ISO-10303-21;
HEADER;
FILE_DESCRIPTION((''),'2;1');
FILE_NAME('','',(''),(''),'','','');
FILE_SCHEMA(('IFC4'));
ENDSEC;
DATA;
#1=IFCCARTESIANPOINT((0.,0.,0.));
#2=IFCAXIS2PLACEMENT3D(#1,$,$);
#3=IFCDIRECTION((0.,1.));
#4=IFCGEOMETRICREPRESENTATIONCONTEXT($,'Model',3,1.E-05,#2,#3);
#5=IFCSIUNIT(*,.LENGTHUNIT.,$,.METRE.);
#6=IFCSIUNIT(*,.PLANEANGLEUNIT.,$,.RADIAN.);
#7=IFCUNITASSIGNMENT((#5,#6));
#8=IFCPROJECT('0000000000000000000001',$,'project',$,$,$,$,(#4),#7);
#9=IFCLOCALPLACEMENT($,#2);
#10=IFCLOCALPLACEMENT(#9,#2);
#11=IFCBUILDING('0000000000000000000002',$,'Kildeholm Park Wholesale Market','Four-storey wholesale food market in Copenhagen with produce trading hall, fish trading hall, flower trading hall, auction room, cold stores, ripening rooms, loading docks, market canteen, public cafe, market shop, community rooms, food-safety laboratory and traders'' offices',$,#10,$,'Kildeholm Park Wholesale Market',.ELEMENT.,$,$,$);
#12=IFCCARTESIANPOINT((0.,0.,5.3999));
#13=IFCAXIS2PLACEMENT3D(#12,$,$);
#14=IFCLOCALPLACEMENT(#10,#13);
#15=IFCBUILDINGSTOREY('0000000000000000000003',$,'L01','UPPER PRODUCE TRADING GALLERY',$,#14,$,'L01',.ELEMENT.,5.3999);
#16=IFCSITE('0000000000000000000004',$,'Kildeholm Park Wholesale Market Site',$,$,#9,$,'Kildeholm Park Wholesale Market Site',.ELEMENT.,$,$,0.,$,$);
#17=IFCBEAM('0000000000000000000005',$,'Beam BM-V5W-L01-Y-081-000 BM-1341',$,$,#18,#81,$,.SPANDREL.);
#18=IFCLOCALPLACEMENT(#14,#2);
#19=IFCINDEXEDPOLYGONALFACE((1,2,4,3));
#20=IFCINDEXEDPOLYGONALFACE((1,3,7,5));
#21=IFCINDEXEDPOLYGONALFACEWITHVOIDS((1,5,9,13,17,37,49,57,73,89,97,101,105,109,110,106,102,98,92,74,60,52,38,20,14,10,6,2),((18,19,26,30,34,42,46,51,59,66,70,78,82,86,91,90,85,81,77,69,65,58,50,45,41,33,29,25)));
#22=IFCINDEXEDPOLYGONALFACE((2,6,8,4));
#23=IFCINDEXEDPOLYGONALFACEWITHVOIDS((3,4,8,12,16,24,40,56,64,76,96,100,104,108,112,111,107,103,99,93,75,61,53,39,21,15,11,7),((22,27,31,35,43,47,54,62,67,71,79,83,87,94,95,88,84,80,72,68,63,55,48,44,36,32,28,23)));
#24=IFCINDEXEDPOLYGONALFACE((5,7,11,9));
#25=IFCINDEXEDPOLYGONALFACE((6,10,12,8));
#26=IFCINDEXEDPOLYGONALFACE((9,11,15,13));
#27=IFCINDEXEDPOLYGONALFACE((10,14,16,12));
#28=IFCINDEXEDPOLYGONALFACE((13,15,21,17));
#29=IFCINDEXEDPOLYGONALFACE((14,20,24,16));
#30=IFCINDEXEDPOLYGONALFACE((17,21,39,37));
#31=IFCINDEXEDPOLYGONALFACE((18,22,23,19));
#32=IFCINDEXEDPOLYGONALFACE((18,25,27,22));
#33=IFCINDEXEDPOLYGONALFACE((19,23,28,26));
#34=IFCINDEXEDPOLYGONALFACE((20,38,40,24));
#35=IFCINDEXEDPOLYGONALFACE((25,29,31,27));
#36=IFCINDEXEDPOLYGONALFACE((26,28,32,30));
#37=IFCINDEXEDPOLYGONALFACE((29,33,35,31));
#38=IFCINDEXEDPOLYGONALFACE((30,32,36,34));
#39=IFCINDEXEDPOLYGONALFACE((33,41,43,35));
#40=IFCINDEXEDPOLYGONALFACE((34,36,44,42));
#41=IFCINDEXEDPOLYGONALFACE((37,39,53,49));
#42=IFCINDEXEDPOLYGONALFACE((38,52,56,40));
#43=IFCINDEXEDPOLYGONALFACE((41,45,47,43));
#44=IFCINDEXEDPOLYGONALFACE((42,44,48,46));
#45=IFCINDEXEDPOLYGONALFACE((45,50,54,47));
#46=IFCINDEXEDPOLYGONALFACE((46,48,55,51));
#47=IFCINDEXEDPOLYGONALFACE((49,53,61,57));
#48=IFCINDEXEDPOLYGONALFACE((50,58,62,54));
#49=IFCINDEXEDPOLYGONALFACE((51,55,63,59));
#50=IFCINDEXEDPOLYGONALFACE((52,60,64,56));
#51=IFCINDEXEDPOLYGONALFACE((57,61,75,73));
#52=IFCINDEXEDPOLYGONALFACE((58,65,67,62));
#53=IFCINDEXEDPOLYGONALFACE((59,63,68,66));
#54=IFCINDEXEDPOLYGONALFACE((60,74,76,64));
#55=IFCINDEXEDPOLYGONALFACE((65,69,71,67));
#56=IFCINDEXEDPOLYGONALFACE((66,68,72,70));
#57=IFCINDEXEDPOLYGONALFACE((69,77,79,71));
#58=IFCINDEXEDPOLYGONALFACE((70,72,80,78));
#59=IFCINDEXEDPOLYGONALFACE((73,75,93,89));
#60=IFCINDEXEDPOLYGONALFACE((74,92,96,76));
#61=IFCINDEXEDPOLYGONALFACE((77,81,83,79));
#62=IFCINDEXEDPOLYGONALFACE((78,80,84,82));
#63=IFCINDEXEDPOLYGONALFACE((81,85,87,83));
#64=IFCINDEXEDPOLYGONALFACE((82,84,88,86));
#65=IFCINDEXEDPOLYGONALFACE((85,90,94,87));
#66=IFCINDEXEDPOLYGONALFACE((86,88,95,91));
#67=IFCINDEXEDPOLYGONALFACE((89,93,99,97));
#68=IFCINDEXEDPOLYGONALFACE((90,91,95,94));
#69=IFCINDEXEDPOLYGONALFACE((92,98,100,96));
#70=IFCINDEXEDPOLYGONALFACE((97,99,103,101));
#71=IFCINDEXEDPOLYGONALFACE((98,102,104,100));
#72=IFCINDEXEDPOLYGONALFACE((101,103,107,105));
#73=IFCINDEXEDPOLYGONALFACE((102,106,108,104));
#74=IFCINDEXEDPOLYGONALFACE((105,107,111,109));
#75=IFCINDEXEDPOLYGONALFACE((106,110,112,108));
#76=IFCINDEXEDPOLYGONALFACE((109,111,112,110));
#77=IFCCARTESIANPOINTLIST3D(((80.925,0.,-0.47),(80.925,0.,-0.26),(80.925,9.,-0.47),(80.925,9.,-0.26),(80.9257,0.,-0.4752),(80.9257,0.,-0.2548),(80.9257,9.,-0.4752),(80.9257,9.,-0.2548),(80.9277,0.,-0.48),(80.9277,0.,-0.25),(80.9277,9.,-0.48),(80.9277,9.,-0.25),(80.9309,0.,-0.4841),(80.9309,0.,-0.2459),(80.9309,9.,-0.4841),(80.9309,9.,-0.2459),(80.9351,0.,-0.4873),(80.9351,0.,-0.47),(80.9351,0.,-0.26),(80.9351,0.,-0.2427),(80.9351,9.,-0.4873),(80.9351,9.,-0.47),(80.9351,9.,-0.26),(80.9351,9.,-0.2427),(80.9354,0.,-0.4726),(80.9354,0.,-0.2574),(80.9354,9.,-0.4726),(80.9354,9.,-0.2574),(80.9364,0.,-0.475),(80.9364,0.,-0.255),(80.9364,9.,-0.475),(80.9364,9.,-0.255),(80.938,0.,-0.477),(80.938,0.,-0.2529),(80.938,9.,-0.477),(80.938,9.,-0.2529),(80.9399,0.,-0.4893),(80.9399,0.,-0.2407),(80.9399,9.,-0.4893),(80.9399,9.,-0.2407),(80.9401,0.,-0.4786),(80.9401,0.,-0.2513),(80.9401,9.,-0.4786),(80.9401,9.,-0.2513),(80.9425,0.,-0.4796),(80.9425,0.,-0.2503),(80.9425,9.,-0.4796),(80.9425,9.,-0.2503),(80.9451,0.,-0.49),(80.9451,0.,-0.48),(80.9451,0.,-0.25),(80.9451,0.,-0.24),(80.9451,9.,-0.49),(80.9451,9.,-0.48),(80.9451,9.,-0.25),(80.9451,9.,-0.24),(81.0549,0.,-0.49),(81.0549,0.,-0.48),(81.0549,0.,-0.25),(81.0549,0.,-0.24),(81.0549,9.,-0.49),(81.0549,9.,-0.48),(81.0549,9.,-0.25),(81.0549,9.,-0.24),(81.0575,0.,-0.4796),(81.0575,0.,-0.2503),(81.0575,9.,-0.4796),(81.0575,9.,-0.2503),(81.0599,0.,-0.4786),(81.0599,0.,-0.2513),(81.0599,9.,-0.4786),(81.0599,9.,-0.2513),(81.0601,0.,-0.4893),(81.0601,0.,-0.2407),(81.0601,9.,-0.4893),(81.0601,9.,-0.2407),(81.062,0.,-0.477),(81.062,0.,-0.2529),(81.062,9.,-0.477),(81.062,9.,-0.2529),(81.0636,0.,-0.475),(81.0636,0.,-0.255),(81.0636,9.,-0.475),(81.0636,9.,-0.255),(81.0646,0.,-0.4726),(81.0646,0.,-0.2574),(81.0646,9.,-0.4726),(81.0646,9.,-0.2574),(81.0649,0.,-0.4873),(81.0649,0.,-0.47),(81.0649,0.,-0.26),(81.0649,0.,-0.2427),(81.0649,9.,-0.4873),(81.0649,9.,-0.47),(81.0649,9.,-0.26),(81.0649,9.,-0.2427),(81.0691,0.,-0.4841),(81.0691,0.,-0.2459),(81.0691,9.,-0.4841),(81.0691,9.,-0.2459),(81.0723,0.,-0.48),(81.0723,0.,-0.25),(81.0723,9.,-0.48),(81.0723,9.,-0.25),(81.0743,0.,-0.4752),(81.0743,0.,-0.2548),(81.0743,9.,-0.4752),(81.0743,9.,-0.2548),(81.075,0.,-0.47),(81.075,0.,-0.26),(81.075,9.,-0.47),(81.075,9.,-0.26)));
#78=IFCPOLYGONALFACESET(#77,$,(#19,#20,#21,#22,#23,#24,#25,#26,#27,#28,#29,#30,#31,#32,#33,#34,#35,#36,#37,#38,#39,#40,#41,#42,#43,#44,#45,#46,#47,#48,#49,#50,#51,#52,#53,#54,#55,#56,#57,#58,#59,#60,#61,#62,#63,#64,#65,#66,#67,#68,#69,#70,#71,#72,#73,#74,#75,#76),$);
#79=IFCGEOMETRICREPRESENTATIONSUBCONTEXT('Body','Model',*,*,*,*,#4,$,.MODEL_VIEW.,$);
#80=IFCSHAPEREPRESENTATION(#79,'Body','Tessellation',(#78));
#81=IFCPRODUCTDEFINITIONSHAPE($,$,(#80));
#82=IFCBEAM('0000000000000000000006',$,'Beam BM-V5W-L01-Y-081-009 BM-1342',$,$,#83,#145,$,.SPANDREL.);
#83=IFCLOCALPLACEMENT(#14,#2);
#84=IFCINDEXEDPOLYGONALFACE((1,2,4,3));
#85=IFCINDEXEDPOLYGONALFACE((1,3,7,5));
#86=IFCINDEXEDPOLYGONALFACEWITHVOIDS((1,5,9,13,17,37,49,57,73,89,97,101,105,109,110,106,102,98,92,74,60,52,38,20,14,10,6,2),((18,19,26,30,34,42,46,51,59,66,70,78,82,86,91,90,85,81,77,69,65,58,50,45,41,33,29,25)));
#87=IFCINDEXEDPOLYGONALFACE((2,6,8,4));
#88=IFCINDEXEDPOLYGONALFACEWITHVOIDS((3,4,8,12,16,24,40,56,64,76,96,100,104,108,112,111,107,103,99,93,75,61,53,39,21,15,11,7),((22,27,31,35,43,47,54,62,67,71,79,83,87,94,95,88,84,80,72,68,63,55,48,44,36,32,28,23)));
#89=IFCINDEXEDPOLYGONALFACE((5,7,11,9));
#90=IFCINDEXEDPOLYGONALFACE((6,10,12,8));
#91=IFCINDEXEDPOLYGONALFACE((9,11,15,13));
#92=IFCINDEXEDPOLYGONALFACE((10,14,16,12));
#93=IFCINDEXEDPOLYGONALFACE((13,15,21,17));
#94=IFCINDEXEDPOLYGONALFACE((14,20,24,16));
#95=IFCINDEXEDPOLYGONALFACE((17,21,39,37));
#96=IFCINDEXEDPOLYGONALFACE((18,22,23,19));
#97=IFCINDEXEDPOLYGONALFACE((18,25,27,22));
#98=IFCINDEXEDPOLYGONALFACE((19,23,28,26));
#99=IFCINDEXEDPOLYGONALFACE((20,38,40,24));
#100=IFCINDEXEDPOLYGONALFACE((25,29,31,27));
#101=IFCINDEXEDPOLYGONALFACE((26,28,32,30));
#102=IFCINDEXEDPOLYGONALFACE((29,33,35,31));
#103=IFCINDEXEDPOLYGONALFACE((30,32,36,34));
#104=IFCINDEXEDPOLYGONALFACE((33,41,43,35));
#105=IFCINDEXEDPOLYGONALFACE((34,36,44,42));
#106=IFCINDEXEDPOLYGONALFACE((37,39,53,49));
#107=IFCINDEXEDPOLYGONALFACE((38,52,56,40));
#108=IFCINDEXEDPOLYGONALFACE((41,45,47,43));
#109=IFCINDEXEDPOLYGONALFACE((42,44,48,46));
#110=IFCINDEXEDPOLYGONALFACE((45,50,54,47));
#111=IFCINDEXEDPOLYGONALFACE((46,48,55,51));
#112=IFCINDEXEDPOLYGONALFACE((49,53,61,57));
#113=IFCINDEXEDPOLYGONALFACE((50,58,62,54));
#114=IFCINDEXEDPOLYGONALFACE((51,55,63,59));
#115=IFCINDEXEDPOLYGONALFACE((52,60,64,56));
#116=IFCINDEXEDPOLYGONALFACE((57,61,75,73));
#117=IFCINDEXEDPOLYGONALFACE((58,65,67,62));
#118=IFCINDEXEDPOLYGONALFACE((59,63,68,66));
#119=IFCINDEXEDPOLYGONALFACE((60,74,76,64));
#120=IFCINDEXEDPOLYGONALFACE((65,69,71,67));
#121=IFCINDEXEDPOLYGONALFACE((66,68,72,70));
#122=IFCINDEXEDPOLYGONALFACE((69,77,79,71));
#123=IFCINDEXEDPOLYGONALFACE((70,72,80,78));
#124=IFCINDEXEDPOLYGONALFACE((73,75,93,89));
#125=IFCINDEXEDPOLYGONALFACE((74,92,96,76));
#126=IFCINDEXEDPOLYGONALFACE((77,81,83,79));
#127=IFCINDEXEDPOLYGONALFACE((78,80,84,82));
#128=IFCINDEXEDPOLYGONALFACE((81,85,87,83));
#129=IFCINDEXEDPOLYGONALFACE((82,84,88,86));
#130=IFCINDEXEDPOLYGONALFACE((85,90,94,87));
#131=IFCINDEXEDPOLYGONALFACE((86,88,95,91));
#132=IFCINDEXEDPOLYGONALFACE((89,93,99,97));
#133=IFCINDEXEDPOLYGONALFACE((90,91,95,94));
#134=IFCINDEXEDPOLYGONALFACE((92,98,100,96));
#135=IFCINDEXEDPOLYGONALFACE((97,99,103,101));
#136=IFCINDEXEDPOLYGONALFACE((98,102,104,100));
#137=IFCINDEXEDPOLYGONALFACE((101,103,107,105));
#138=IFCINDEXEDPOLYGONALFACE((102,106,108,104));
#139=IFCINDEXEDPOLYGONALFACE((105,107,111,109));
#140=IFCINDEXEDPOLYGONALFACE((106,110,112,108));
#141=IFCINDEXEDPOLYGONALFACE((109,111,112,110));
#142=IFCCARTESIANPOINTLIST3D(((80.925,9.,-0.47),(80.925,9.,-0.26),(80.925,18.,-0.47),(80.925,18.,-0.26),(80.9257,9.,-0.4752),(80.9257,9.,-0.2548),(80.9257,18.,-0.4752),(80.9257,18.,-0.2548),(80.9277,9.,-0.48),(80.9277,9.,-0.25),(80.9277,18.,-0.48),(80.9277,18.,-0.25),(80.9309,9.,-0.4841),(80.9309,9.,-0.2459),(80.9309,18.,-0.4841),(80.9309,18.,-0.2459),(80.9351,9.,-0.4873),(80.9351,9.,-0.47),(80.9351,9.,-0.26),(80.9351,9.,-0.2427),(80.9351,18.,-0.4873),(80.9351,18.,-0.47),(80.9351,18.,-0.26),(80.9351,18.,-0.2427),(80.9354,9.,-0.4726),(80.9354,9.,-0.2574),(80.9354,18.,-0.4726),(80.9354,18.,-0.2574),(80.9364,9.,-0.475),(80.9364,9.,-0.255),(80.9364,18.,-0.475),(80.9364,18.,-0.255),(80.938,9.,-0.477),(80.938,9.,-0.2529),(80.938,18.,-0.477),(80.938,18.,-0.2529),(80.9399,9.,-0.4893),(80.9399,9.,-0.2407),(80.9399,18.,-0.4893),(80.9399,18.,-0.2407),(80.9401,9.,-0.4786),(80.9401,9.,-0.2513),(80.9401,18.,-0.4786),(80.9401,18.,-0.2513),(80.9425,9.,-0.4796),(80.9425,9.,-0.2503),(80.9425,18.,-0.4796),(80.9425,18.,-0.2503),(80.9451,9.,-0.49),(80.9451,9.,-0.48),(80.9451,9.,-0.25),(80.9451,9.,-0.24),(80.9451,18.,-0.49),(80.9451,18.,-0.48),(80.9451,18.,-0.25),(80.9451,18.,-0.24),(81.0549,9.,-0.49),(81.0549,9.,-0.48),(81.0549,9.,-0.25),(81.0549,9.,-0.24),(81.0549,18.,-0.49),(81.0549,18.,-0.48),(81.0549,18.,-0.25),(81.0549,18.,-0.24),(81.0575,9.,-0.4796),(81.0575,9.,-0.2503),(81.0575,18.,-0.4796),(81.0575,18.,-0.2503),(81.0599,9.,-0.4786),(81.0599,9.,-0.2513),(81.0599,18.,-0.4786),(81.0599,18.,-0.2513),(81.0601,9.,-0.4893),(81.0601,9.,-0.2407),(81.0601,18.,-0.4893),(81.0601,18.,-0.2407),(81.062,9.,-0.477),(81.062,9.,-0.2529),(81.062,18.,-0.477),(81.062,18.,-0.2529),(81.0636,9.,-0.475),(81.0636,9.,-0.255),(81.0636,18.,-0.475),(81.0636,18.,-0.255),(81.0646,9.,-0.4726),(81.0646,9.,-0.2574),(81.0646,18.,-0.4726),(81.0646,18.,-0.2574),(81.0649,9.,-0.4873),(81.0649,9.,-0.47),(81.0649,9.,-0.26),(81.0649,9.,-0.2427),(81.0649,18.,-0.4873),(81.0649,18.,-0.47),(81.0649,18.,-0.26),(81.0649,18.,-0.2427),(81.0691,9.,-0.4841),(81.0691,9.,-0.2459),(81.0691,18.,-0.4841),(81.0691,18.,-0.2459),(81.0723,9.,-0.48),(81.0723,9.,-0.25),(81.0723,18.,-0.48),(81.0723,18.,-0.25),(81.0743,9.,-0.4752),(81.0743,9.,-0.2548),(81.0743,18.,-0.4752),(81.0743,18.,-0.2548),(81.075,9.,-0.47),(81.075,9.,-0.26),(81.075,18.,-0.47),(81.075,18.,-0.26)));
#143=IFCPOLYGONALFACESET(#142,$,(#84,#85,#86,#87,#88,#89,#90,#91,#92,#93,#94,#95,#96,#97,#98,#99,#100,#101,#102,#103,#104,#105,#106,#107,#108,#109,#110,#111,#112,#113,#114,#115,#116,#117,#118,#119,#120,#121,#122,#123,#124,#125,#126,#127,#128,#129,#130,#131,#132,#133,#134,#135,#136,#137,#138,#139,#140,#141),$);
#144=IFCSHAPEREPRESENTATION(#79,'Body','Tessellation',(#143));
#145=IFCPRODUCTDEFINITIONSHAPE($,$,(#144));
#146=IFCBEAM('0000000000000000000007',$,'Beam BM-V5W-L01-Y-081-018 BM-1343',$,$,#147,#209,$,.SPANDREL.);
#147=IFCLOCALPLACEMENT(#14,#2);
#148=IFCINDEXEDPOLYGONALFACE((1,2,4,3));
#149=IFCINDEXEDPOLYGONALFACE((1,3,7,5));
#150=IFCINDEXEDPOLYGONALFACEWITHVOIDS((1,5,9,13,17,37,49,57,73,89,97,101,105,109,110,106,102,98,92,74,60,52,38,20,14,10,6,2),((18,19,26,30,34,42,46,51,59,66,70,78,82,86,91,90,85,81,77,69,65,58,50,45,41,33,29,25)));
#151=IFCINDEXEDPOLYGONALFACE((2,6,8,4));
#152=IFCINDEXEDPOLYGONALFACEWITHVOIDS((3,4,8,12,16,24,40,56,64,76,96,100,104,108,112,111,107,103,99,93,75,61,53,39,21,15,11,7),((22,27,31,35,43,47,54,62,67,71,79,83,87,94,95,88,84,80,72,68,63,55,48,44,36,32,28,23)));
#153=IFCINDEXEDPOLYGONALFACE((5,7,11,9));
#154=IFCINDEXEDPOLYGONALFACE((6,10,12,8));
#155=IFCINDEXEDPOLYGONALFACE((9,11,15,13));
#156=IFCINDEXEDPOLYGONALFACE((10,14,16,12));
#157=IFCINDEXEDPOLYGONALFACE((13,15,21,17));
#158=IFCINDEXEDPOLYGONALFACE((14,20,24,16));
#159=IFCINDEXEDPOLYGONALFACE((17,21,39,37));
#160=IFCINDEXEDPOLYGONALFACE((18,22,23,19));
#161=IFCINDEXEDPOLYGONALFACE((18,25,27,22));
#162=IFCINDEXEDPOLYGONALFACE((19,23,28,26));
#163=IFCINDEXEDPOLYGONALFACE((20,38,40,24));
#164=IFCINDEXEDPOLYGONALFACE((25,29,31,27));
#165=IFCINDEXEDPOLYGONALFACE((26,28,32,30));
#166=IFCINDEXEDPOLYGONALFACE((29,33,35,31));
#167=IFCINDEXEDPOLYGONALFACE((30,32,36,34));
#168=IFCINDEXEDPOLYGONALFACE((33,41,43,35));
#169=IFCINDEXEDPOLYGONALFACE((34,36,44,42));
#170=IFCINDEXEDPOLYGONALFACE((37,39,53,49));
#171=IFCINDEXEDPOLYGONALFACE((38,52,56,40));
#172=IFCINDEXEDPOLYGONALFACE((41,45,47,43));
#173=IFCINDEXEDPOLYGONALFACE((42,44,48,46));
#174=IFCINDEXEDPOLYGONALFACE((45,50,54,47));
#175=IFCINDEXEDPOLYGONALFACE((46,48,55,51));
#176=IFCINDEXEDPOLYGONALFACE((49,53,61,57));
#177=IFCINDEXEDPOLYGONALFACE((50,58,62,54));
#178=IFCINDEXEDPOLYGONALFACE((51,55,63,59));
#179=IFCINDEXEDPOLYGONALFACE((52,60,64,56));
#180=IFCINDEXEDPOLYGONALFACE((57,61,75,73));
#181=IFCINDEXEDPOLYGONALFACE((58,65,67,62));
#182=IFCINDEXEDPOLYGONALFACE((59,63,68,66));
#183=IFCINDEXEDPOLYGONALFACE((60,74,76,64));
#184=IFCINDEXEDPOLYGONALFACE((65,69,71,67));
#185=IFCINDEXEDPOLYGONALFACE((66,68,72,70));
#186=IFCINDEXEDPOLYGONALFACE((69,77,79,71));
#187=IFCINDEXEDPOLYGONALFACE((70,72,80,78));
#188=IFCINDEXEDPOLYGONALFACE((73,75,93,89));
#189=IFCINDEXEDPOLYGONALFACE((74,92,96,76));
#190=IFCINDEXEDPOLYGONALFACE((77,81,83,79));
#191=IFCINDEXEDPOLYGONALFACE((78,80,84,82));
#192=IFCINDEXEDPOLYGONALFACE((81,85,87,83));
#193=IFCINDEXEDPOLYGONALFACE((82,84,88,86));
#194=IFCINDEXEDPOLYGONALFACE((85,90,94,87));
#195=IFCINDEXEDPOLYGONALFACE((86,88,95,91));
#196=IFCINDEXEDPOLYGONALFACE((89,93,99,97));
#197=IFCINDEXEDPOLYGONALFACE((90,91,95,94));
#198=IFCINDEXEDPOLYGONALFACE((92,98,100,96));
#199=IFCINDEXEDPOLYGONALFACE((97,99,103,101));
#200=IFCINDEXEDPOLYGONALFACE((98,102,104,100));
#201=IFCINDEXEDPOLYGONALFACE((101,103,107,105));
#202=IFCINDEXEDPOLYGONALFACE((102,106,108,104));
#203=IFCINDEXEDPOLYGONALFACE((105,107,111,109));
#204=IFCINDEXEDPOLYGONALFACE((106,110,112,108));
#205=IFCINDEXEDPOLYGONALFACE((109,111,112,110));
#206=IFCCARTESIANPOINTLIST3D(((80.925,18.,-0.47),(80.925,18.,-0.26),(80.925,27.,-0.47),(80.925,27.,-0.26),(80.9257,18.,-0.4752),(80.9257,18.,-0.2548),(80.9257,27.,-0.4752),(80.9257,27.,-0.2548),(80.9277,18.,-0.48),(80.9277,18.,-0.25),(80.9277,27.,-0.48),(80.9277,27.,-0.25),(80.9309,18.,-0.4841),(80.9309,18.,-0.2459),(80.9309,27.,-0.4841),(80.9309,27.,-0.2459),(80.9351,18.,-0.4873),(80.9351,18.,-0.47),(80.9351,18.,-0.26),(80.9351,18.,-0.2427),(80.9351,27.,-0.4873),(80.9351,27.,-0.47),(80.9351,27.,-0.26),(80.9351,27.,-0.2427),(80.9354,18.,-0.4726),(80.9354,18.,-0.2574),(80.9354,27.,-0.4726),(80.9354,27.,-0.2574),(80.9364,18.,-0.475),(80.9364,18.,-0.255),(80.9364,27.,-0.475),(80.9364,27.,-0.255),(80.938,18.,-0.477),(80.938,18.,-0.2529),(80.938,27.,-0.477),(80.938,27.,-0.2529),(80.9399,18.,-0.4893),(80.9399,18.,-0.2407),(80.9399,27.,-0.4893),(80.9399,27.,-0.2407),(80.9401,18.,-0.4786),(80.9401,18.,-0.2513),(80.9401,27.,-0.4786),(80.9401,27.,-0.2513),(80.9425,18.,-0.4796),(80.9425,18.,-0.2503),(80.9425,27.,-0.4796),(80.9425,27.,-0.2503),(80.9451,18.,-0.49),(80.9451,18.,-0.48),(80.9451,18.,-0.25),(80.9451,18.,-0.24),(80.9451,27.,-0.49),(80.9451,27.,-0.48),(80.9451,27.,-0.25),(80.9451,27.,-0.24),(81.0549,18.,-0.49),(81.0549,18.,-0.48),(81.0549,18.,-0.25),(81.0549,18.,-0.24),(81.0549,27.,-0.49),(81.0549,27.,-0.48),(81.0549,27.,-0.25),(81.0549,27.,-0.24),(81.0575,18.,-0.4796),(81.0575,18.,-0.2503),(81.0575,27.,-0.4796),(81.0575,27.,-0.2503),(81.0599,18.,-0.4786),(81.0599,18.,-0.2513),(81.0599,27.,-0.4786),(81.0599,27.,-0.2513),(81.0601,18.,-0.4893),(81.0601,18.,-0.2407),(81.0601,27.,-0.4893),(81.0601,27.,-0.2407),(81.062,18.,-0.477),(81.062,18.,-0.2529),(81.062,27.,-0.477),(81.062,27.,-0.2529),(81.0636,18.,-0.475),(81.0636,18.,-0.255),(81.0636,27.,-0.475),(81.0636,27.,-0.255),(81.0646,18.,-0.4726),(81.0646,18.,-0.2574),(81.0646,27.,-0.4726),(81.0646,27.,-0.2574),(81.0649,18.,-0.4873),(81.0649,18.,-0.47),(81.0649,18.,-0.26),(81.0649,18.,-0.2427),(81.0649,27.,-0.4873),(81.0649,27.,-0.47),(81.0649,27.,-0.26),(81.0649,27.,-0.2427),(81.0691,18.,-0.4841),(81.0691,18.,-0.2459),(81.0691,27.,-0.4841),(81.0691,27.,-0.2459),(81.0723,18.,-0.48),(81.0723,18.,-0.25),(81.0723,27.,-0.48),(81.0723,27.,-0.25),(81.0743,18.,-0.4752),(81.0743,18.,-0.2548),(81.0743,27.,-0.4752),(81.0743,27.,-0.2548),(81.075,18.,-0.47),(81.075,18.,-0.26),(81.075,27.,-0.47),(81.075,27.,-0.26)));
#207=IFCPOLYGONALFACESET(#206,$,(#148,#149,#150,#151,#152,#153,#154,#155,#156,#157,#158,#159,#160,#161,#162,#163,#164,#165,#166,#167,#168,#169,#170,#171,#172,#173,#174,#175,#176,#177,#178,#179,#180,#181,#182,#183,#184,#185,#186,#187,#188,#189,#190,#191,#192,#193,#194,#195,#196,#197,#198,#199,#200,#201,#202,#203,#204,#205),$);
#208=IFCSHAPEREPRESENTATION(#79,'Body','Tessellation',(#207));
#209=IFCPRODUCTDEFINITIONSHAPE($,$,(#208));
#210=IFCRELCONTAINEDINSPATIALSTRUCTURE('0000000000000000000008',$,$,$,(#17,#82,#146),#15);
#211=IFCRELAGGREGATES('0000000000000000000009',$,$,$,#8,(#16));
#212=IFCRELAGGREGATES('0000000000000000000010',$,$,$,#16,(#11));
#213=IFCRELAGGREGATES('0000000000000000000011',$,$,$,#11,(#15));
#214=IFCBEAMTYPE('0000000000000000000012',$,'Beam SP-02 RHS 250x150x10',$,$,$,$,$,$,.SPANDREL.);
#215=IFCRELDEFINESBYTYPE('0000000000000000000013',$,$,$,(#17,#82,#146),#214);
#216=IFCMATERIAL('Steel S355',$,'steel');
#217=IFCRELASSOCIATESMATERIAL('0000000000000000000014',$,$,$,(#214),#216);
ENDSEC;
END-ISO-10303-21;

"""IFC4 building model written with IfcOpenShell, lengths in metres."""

from ifc_helpers import new_model, si_unit, direction, frame, origin, origin_2d, place, context, subcontext, project, spatial, hollow_rectangle, extrude, material, material_profile, profile_set, type_object, element, save


model = new_model("IFC4")

# Units and contexts
model_context = context("Model", 3, precision=1e-05, world=origin(), true_north=direction((0.0, 1.0)))
body_context = subcontext(model_context, "Body", "Model", "MODEL_VIEW")
ifc_project = project(units=[si_unit("LENGTHUNIT", "METRE"), si_unit("PLANEANGLEUNIT", "RADIAN")], contexts=[model_context])

# Site, building, storey
site_placement = place(None, origin())
site = spatial("IfcSite", under=ifc_project, at=site_placement, Name="Kildeholm Park Wholesale Market Site", LongName="Kildeholm Park Wholesale Market Site", CompositionType="ELEMENT", RefElevation=0.0)
building_placement = place(site_placement, origin())
building = spatial("IfcBuilding", under=site, at=building_placement, Name="Kildeholm Park Wholesale Market", Description="Four-storey wholesale food market in Copenhagen with produce trading hall, fish trading hall, flower trading hall, auction room, cold stores, ripening rooms, loading docks, market canteen, public cafe, market shop, community rooms, food-safety laboratory and traders' offices", LongName="Kildeholm Park Wholesale Market", CompositionType="ELEMENT")
storey_placement = place(building_placement, frame((0.0, 0.0, 5.3999)))
storey = spatial("IfcBuildingStorey", under=building, at=storey_placement, Name="L01", Description="UPPER PRODUCE TRADING GALLERY", LongName="L01", CompositionType="ELEMENT", Elevation=5.3999)

# Shared definitions
ifc_material_1 = material(Name="Steel S355", Category="steel")

# Beams
ifc_material_profile_1 = material_profile(ifc_material_1, hollow_rectangle(XDim=0.1499, YDim=0.25, WallThickness=0.01, InnerFilletRadius=0.01, OuterFilletRadius=0.02, at=origin_2d()), Name="RHS 250x150x10")
ifc_profile_set_1 = profile_set([ifc_material_profile_1], Name="Steel S355")
beam_type_1 = type_object("IfcBeamType", Name="Beam SP-02 RHS 250x150x10", PredefinedType="SPANDREL", material=ifc_profile_set_1)
for number, where, z_axis, x_axis, name in (
    (1, (81.0, 0.0, -0.365), (0.0, 1.0, 0.0), (-1.0, 0.0, 0.0), "Beam BM-V5W-L01-Y-081-000 BM-1341"),
    (2, (81.0, 9.0, -0.365), (0.0, 1.0, 0.0), (-1.0, 0.0, 0.0), "Beam BM-V5W-L01-Y-081-009 BM-1342"),
    (3, (81.0, 18.0, -0.365), (0.0, 1.0, 0.0), (-1.0, 0.0, 0.0), "Beam BM-V5W-L01-Y-081-018 BM-1343"),
):
    element("IfcBeam", number, at=place(storey_placement, frame(where, z_axis=z_axis, x_axis=x_axis)), inside=storey, type_object=beam_type_1, Name=name, PredefinedType="SPANDREL", context=body_context, shape_type="SweptSolid", body=[
        extrude(hollow_rectangle(XDim=0.1499, YDim=0.25, WallThickness=0.01, InnerFilletRadius=0.01, OuterFilletRadius=0.02, at=origin_2d()), origin(), (0.0, 0.0, 1.0), 9.0),
    ])

save(model, "model.ifc")
